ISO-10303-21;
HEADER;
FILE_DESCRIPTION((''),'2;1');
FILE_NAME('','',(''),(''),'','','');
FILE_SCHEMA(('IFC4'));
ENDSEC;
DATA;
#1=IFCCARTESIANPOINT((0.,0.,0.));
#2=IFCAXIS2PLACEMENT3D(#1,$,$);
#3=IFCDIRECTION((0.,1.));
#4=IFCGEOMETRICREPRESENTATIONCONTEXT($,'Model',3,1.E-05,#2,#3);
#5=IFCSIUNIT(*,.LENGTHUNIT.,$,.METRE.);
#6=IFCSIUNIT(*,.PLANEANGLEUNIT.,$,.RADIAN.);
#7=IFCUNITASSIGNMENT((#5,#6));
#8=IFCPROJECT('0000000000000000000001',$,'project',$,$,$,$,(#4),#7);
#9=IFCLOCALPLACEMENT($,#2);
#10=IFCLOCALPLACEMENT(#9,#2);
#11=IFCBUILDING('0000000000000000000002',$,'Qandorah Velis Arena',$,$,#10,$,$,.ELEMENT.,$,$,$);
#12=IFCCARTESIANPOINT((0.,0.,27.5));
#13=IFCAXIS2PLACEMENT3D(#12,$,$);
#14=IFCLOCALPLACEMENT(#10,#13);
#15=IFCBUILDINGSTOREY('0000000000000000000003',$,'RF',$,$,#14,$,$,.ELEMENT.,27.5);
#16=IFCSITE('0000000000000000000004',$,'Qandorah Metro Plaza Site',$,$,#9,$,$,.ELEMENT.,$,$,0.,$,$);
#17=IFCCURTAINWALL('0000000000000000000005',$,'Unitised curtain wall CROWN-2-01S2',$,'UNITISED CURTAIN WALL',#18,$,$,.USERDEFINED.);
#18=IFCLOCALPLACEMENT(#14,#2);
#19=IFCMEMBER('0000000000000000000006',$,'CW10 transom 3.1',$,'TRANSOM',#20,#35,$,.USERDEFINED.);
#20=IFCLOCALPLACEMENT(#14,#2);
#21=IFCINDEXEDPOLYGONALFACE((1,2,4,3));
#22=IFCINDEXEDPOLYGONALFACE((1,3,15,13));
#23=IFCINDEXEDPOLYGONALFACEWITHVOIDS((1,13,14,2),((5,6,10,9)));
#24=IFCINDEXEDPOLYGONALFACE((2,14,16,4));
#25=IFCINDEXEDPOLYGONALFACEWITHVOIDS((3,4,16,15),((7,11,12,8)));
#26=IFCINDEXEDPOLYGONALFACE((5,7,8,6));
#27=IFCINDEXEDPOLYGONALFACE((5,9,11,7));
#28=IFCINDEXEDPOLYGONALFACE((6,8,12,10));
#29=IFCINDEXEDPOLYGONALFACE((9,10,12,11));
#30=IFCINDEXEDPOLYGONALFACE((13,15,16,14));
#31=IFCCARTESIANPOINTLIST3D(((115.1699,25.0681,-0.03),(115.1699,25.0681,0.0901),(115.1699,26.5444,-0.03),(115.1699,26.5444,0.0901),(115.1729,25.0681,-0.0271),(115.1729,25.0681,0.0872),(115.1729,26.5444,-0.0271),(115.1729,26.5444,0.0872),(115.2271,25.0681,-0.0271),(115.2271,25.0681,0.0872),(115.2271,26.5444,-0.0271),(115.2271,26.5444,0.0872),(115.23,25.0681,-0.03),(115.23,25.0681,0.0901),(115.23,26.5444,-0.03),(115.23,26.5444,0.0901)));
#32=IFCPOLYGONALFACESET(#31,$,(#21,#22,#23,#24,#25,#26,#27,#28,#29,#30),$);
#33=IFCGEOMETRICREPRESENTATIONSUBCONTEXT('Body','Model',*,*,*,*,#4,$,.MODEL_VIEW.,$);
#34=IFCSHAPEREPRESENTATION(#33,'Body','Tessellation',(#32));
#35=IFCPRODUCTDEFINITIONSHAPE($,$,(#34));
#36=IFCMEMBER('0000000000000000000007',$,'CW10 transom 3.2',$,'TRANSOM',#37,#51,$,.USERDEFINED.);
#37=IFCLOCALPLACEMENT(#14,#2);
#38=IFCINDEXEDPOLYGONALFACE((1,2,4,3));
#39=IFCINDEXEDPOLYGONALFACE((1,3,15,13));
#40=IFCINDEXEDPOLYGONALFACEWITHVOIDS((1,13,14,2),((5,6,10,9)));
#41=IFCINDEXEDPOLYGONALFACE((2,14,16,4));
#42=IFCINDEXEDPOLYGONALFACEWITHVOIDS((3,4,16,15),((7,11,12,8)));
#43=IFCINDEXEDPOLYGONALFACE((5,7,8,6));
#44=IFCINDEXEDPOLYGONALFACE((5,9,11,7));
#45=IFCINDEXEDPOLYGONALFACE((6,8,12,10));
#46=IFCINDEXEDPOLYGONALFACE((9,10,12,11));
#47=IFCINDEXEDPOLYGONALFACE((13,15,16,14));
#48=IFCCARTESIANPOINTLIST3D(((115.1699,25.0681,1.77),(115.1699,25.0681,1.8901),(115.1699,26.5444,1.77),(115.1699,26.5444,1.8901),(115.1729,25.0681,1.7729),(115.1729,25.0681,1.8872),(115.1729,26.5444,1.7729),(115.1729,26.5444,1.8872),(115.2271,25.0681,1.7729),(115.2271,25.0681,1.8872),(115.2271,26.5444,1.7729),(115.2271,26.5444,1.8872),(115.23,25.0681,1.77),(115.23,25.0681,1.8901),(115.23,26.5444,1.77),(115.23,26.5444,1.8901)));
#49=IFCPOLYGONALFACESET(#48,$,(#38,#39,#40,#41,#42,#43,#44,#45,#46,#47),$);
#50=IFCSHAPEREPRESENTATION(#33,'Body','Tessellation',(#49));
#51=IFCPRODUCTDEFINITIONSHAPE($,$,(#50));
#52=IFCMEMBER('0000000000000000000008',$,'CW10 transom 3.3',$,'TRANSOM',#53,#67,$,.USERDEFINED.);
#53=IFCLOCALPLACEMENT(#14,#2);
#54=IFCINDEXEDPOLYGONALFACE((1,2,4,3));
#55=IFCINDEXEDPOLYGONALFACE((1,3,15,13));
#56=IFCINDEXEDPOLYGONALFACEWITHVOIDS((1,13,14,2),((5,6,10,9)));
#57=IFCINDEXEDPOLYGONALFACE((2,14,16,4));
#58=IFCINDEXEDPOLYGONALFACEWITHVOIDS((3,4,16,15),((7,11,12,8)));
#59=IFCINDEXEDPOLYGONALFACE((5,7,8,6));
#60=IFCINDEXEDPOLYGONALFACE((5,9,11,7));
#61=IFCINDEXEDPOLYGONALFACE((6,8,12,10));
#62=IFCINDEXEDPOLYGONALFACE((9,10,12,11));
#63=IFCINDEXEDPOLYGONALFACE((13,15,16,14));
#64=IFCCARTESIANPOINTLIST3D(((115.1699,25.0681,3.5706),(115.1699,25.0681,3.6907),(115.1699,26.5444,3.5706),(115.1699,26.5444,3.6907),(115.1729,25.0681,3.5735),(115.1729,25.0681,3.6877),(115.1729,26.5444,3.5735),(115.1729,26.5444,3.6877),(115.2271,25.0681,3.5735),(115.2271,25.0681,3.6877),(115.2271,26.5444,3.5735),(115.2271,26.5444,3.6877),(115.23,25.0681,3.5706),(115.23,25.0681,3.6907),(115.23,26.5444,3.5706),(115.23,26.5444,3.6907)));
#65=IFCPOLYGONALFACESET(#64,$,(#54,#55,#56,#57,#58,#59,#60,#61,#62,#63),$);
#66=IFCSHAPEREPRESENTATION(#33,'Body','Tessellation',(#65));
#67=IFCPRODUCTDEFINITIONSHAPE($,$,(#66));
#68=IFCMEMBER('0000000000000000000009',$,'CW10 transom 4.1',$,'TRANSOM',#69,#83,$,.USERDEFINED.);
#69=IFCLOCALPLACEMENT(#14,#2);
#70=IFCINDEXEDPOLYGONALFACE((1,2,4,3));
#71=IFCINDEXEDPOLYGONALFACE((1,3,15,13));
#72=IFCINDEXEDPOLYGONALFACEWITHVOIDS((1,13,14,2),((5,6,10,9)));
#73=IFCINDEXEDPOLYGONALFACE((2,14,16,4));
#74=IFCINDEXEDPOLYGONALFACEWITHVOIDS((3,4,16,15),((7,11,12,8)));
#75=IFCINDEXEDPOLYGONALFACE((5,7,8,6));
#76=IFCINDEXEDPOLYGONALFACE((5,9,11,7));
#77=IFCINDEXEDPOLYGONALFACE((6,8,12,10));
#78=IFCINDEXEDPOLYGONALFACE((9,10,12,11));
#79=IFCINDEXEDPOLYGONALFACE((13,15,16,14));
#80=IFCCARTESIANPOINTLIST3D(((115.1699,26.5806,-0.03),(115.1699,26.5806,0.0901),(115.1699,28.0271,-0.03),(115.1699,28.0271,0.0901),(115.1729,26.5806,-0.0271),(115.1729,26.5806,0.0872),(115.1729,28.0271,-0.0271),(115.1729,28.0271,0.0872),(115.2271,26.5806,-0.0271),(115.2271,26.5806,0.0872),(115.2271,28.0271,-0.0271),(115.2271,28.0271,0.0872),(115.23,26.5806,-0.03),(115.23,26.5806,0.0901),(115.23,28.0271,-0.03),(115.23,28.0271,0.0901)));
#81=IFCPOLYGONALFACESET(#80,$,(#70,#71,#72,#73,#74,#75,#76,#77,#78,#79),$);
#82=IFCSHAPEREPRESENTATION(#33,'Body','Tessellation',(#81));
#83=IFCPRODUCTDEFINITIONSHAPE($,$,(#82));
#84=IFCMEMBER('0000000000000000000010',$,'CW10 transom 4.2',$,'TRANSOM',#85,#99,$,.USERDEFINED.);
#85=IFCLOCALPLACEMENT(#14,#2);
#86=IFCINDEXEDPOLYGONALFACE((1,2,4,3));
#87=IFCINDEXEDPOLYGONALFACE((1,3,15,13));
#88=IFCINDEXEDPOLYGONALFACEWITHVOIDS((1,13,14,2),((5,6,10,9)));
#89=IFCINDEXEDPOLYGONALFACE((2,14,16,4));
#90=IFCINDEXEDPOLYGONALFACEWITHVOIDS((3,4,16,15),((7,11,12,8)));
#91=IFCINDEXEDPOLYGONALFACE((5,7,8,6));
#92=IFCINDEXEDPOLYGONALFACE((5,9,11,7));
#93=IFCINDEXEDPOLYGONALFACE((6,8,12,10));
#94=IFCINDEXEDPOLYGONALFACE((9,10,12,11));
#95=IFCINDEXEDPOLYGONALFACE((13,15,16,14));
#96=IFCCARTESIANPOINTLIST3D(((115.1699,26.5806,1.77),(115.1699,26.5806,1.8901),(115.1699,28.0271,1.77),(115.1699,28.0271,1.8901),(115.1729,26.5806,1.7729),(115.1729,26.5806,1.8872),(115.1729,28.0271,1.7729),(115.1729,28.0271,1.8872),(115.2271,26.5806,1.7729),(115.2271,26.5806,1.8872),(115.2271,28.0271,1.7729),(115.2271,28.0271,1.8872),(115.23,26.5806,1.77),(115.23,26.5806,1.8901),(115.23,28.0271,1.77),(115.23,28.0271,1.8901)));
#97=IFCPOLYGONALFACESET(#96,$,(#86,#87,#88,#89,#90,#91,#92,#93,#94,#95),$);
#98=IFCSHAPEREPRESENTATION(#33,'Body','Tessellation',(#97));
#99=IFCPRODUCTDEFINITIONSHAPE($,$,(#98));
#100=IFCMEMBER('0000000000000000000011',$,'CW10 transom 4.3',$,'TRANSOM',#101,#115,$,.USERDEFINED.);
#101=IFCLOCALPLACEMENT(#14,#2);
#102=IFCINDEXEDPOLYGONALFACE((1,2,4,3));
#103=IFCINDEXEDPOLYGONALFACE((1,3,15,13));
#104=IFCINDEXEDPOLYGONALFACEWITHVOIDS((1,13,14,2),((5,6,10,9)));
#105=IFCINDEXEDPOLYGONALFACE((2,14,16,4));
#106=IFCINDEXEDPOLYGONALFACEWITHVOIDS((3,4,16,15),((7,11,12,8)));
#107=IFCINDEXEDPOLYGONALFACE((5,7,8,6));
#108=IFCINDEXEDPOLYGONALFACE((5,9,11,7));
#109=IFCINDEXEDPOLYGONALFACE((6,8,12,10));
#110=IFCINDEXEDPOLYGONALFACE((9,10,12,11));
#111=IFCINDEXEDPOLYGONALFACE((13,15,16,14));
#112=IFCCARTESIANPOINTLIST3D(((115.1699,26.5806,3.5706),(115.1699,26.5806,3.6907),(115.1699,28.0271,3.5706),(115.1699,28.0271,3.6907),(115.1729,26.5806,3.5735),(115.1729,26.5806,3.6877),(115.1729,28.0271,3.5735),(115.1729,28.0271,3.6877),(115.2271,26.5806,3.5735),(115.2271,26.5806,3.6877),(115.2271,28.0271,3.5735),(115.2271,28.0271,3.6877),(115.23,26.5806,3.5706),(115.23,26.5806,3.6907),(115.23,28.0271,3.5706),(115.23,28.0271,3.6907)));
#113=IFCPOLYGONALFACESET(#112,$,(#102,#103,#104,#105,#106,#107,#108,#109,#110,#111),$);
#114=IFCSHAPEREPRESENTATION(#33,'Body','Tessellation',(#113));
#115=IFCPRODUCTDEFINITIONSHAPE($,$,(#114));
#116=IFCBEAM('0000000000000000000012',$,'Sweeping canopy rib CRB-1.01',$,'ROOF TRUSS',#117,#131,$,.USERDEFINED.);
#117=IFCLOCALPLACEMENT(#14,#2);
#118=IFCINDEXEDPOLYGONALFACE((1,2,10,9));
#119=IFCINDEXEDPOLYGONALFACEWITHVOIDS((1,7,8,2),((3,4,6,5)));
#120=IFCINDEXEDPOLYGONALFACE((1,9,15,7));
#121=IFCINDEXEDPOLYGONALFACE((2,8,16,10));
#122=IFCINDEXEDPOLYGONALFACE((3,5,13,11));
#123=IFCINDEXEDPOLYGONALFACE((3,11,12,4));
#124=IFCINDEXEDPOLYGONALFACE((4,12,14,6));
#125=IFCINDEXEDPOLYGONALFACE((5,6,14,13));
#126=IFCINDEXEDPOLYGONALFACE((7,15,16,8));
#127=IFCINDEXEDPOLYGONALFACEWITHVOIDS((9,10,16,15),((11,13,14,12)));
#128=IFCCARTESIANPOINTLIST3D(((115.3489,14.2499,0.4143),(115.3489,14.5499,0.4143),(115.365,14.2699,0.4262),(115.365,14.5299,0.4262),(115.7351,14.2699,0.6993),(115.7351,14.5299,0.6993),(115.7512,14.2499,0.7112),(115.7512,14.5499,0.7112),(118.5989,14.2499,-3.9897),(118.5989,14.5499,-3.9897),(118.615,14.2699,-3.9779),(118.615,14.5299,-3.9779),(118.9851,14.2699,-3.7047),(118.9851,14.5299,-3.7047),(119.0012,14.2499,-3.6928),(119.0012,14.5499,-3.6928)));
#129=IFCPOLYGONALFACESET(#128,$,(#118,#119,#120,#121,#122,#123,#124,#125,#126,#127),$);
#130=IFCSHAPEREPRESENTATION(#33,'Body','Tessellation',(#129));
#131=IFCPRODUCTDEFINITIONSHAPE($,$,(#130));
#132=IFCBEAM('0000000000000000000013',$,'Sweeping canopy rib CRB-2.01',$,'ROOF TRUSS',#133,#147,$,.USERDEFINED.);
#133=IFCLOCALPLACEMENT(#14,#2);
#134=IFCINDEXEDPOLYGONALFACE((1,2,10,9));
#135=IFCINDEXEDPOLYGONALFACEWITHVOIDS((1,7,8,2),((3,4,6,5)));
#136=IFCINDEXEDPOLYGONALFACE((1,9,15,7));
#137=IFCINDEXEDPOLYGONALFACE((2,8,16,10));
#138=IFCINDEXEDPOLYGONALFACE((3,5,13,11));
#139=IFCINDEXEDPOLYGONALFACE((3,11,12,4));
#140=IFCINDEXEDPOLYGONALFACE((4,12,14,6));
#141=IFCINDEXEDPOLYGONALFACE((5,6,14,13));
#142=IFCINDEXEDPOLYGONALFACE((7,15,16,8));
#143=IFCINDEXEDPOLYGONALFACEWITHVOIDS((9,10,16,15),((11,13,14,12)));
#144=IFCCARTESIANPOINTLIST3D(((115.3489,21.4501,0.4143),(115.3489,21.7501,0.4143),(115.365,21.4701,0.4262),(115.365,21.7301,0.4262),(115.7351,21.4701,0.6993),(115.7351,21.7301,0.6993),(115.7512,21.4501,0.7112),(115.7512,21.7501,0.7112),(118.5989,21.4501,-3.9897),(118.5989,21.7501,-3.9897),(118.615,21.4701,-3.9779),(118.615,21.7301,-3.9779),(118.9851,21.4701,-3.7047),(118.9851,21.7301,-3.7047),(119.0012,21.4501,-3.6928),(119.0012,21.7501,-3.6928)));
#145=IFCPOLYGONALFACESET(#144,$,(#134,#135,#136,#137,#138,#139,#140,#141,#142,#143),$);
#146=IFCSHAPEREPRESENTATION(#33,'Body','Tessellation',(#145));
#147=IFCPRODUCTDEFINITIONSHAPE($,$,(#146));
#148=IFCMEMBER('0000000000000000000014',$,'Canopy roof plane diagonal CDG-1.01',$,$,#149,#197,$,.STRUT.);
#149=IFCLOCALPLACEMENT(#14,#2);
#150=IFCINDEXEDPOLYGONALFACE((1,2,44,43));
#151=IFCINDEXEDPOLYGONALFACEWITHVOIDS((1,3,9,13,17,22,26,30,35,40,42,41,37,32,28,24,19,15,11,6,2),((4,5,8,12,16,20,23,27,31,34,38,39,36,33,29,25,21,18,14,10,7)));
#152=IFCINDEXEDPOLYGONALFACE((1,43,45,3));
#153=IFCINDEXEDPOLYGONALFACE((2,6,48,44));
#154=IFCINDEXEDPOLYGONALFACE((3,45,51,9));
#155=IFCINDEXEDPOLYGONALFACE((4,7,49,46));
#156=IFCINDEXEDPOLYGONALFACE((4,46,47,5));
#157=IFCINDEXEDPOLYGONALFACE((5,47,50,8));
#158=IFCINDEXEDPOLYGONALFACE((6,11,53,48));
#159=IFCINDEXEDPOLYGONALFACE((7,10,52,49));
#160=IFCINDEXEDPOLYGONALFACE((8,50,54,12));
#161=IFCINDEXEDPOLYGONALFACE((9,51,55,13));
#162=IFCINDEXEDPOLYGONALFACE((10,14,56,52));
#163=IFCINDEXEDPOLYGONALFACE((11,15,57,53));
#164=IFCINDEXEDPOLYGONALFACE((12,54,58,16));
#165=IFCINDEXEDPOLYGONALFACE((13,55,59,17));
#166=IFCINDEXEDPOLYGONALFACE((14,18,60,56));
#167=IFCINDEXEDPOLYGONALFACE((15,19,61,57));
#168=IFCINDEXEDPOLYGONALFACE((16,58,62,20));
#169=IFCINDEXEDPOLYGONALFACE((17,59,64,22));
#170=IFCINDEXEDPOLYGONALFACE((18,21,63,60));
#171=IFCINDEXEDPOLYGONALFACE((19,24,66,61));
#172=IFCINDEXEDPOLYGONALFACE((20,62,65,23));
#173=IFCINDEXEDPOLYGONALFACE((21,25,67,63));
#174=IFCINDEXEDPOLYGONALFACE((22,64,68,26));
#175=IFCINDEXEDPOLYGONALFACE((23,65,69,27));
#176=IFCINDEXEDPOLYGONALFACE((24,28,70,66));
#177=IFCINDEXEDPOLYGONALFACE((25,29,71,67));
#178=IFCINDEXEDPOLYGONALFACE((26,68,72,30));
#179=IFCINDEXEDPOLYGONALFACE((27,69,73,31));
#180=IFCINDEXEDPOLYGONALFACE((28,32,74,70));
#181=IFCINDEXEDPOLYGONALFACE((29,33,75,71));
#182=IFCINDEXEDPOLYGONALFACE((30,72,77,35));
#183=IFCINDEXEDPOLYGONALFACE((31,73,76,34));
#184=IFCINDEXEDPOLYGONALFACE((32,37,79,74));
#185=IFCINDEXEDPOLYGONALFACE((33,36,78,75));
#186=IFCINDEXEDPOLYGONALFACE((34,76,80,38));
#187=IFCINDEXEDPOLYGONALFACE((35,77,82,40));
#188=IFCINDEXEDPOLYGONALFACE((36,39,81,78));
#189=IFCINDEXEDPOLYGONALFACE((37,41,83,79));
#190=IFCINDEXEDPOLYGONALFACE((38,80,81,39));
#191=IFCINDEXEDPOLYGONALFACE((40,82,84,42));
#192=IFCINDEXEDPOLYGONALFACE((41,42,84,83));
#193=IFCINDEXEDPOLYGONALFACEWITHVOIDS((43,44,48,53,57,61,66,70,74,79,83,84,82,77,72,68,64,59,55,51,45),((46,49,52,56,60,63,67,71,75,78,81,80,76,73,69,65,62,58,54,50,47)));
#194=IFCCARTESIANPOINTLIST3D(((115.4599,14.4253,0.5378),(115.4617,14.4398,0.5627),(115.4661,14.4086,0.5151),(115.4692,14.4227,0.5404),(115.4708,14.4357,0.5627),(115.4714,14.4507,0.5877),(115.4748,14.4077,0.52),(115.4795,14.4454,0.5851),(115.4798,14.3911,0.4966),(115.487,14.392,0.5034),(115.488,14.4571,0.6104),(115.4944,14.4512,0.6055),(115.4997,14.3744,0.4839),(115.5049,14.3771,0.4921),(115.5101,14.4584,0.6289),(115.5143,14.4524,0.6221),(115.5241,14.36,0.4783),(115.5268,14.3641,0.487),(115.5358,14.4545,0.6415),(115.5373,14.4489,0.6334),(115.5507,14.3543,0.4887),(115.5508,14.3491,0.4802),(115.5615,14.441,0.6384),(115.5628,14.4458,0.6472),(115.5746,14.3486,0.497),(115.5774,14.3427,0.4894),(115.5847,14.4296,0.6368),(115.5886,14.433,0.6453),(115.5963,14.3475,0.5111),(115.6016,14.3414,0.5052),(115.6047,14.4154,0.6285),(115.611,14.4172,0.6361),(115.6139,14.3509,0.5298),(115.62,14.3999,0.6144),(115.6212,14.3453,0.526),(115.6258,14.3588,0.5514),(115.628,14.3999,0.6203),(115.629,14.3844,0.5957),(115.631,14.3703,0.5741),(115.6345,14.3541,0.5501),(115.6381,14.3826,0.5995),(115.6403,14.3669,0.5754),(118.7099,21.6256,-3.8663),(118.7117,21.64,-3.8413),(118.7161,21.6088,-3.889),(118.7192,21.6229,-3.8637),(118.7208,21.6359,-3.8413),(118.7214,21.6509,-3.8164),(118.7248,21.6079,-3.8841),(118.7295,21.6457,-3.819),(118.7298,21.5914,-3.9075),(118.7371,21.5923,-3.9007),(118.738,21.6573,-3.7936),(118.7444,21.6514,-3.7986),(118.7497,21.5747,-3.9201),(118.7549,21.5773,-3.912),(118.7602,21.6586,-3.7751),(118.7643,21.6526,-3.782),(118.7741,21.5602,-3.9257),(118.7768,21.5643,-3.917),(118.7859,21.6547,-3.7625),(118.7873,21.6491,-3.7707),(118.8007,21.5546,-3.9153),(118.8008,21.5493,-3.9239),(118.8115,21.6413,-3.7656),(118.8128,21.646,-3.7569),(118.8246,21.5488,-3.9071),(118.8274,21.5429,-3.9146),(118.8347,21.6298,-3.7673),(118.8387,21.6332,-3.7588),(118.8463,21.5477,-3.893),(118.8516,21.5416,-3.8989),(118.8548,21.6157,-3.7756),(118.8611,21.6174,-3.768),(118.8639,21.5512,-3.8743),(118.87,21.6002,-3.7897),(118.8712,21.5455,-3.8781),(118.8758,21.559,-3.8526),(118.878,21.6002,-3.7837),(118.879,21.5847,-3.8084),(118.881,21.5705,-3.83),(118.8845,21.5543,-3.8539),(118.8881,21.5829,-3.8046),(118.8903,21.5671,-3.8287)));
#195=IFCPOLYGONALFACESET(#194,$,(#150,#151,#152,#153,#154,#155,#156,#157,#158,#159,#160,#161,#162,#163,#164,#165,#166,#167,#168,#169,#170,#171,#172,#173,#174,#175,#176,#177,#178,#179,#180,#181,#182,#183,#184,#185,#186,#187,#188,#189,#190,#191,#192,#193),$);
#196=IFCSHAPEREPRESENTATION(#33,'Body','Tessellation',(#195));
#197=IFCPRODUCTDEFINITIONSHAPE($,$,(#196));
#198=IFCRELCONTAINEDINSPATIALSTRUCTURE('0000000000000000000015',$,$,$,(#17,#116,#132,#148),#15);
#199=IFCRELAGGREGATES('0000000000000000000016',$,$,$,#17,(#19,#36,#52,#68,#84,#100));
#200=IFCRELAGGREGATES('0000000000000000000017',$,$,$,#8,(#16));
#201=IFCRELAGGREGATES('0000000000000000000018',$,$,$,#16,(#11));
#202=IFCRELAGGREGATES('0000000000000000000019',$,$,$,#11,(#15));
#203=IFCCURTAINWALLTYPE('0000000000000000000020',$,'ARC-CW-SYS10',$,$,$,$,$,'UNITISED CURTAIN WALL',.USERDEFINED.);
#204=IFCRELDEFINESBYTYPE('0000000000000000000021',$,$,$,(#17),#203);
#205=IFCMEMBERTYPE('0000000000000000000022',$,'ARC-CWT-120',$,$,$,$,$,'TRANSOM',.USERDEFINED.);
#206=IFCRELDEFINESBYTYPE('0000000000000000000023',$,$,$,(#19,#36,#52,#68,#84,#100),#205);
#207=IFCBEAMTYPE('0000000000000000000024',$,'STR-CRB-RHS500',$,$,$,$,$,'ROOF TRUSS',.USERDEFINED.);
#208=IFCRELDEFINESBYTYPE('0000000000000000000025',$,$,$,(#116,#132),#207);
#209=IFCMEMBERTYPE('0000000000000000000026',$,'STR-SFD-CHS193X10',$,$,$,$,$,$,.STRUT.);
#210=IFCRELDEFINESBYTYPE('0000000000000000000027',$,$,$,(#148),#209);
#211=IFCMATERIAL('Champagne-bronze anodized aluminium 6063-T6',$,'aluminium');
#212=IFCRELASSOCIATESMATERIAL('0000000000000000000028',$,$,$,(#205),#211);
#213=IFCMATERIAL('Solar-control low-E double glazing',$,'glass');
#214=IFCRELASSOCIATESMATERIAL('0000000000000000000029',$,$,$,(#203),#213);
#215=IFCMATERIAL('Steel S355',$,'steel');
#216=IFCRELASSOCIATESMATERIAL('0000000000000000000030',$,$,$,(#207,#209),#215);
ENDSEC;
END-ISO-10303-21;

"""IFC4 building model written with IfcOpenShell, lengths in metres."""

from ifc_helpers import new_model, si_unit, direction, frame, origin, origin_2d, place, context, subcontext, project, spatial, hollow_rectangle, hollow_circle, extrude, material, material_profile, profile_set, type_object, element, aggregate, save


model = new_model("IFC4")

# Units and contexts
model_context = context("Model", 3, precision=1e-05, world=origin(), true_north=direction((0.0, 1.0)))
body_context = subcontext(model_context, "Body", "Model", "MODEL_VIEW")
ifc_project = project(units=[si_unit("LENGTHUNIT", "METRE"), si_unit("PLANEANGLEUNIT", "RADIAN")], contexts=[model_context])

# Site, building, storey
site_placement = place(None, origin())
site = spatial("IfcSite", under=ifc_project, at=site_placement, Name="Qandorah Metro Plaza Site", CompositionType="ELEMENT", RefElevation=0.0)
building_placement = place(site_placement, origin())
building = spatial("IfcBuilding", under=site, at=building_placement, Name="Qandorah Velis Arena", CompositionType="ELEMENT")
storey_placement = place(building_placement, frame((0.0, 0.0, 27.5)))
storey = spatial("IfcBuildingStorey", under=building, at=storey_placement, Name="RF", CompositionType="ELEMENT", Elevation=27.5)

# Curtain wall, members
ifc_material_1 = material(Name="Solar-control low-E double glazing", Category="glass")
ifc_material_2 = material(Name="Champagne-bronze anodized aluminium 6063-T6", Category="aluminium")
ifc_material_profile_1 = material_profile(ifc_material_2, hollow_rectangle(XDim=0.0601, YDim=0.1201, WallThickness=0.0029, at=origin_2d()), Name="ALU TRANSOM 60x120")
ifc_profile_set_1 = profile_set([ifc_material_profile_1], Name="Champagne-bronze anodized aluminium 6063-T6")
member_type_1 = type_object("IfcMemberType", Name="ARC-CWT-120", ElementType="TRANSOM", PredefinedType="USERDEFINED", material=ifc_profile_set_1)
curtain_wall_type_1 = type_object("IfcCurtainWallType", Name="ARC-CW-SYS10", ElementType="UNITISED CURTAIN WALL", PredefinedType="USERDEFINED", material=ifc_material_1)
curtain_wall_1_placement = place(storey_placement, origin())
curtain_wall_1 = element("IfcCurtainWall", 1, at=curtain_wall_1_placement, inside=storey, type_object=curtain_wall_type_1, Name="Unitised curtain wall CROWN-2-01S2", ObjectType="UNITISED CURTAIN WALL", PredefinedType="USERDEFINED")
member_1_placement = place(storey_placement, frame((115.2, 25.0681, 0.03), z_axis=(0.0, 1.0, 0.0), x_axis=(-1.0, 0.0, 0.0)))
member_1 = element("IfcMember", 2, at=member_1_placement, type_object=member_type_1, Name="CW10 transom 3.1", ObjectType="TRANSOM", PredefinedType="USERDEFINED", context=body_context, shape_type="SweptSolid", body=[
    extrude(hollow_rectangle(XDim=0.0601, YDim=0.1201, WallThickness=0.0029, at=origin_2d()), origin(), (0.0, 0.0, 1.0), 1.4763),
])
member_2_placement = place(storey_placement, frame((115.2, 25.0681, 1.8301), z_axis=(0.0, 1.0, 0.0), x_axis=(-1.0, 0.0, 0.0)))
member_2 = element("IfcMember", 3, at=member_2_placement, type_object=member_type_1, Name="CW10 transom 3.2", ObjectType="TRANSOM", PredefinedType="USERDEFINED", context=body_context, shape_type="SweptSolid", body=[
    extrude(hollow_rectangle(XDim=0.0601, YDim=0.1201, WallThickness=0.0029, at=origin_2d()), origin(), (0.0, 0.0, 1.0), 1.4763),
])
member_3_placement = place(storey_placement, frame((115.2, 25.0681, 3.6306), z_axis=(0.0, 1.0, 0.0), x_axis=(-1.0, 0.0, 0.0)))
member_3 = element("IfcMember", 4, at=member_3_placement, type_object=member_type_1, Name="CW10 transom 3.3", ObjectType="TRANSOM", PredefinedType="USERDEFINED", context=body_context, shape_type="SweptSolid", body=[
    extrude(hollow_rectangle(XDim=0.0601, YDim=0.1201, WallThickness=0.0029, at=origin_2d()), origin(), (0.0, 0.0, 1.0), 1.4763),
])
member_4_placement = place(storey_placement, frame((115.2, 26.5806, 0.03), z_axis=(0.0, 1.0, 0.0), x_axis=(-1.0, 0.0, 0.0)))
member_4 = element("IfcMember", 5, at=member_4_placement, type_object=member_type_1, Name="CW10 transom 4.1", ObjectType="TRANSOM", PredefinedType="USERDEFINED", context=body_context, shape_type="SweptSolid", body=[
    extrude(hollow_rectangle(XDim=0.0601, YDim=0.1201, WallThickness=0.0029, at=origin_2d()), origin(), (0.0, 0.0, 1.0), 1.4465),
])
member_5_placement = place(storey_placement, frame((115.2, 26.5806, 1.8301), z_axis=(0.0, 1.0, 0.0), x_axis=(-1.0, 0.0, 0.0)))
member_5 = element("IfcMember", 6, at=member_5_placement, type_object=member_type_1, Name="CW10 transom 4.2", ObjectType="TRANSOM", PredefinedType="USERDEFINED", context=body_context, shape_type="SweptSolid", body=[
    extrude(hollow_rectangle(XDim=0.0601, YDim=0.1201, WallThickness=0.0029, at=origin_2d()), origin(), (0.0, 0.0, 1.0), 1.4465),
])
member_6_placement = place(storey_placement, frame((115.2, 26.5806, 3.6306), z_axis=(0.0, 1.0, 0.0), x_axis=(-1.0, 0.0, 0.0)))
member_6 = element("IfcMember", 7, at=member_6_placement, type_object=member_type_1, Name="CW10 transom 4.3", ObjectType="TRANSOM", PredefinedType="USERDEFINED", context=body_context, shape_type="SweptSolid", body=[
    extrude(hollow_rectangle(XDim=0.0601, YDim=0.1201, WallThickness=0.0029, at=origin_2d()), origin(), (0.0, 0.0, 1.0), 1.4465),
])

# Beams
ifc_material_3 = material(Name="Steel S355", Category="steel")
ifc_material_profile_2 = material_profile(ifc_material_3, hollow_rectangle(XDim=0.3, YDim=0.5, WallThickness=0.02, at=origin_2d()), Name="RHS 500x300x20")
ifc_profile_set_2 = profile_set([ifc_material_profile_2], Name="Steel S355")
beam_type = type_object("IfcBeamType", Name="STR-CRB-RHS500", ElementType="ROOF TRUSS", PredefinedType="USERDEFINED", material=ifc_profile_set_2)
for number, where, z_axis, x_axis, name in (
    (8, (115.55, 14.3999, 0.5627), (0.59378, 0.0, -0.804627), (0.0, 1.0, 0.0), "Sweeping canopy rib CRB-1.01"),
    (9, (115.55, 21.6001, 0.5627), (0.59378, 0.0, -0.804627), (0.0, 1.0, 0.0), "Sweeping canopy rib CRB-2.01"),
):
    element("IfcBeam", number, at=place(storey_placement, frame(where, z_axis=z_axis, x_axis=x_axis)), inside=storey, type_object=beam_type, Name=name, ObjectType="ROOF TRUSS", PredefinedType="USERDEFINED", context=body_context, shape_type="SweptSolid", body=[
        extrude(hollow_rectangle(XDim=0.3, YDim=0.5, WallThickness=0.02, at=origin_2d()), origin(), (0.0, 0.0, 1.0), 5.4734),
    ])

# Member
ifc_material_profile_3 = material_profile(ifc_material_3, hollow_circle(Radius=0.0969, WallThickness=0.01, at=origin_2d()), Name="CHS 193.7x10")
ifc_profile_set_3 = profile_set([ifc_material_profile_3], Name="Steel S355")
member_type_2 = type_object("IfcMemberType", Name="STR-SFD-CHS193X10", PredefinedType="STRUT", material=ifc_profile_set_3)
member_7_placement = place(storey_placement, frame((115.55, 14.3999, 0.5627), z_axis=(0.359339, 0.796095, -0.486938), x_axis=(-0.911451, 0.411408, 0.0)))
element("IfcMember", 10, at=member_7_placement, inside=storey, type_object=member_type_2, Name="Canopy roof plane diagonal CDG-1.01", PredefinedType="STRUT", context=body_context, shape_type="SweptSolid", body=[
    extrude(hollow_circle(Radius=0.0969, WallThickness=0.01, at=origin_2d()), origin(), (0.0, 0.0, 1.0), 9.0444),
])

aggregate(curtain_wall_1, [member_1, member_2, member_3, member_4, member_5, member_6])

save(model, "model.ifc")
